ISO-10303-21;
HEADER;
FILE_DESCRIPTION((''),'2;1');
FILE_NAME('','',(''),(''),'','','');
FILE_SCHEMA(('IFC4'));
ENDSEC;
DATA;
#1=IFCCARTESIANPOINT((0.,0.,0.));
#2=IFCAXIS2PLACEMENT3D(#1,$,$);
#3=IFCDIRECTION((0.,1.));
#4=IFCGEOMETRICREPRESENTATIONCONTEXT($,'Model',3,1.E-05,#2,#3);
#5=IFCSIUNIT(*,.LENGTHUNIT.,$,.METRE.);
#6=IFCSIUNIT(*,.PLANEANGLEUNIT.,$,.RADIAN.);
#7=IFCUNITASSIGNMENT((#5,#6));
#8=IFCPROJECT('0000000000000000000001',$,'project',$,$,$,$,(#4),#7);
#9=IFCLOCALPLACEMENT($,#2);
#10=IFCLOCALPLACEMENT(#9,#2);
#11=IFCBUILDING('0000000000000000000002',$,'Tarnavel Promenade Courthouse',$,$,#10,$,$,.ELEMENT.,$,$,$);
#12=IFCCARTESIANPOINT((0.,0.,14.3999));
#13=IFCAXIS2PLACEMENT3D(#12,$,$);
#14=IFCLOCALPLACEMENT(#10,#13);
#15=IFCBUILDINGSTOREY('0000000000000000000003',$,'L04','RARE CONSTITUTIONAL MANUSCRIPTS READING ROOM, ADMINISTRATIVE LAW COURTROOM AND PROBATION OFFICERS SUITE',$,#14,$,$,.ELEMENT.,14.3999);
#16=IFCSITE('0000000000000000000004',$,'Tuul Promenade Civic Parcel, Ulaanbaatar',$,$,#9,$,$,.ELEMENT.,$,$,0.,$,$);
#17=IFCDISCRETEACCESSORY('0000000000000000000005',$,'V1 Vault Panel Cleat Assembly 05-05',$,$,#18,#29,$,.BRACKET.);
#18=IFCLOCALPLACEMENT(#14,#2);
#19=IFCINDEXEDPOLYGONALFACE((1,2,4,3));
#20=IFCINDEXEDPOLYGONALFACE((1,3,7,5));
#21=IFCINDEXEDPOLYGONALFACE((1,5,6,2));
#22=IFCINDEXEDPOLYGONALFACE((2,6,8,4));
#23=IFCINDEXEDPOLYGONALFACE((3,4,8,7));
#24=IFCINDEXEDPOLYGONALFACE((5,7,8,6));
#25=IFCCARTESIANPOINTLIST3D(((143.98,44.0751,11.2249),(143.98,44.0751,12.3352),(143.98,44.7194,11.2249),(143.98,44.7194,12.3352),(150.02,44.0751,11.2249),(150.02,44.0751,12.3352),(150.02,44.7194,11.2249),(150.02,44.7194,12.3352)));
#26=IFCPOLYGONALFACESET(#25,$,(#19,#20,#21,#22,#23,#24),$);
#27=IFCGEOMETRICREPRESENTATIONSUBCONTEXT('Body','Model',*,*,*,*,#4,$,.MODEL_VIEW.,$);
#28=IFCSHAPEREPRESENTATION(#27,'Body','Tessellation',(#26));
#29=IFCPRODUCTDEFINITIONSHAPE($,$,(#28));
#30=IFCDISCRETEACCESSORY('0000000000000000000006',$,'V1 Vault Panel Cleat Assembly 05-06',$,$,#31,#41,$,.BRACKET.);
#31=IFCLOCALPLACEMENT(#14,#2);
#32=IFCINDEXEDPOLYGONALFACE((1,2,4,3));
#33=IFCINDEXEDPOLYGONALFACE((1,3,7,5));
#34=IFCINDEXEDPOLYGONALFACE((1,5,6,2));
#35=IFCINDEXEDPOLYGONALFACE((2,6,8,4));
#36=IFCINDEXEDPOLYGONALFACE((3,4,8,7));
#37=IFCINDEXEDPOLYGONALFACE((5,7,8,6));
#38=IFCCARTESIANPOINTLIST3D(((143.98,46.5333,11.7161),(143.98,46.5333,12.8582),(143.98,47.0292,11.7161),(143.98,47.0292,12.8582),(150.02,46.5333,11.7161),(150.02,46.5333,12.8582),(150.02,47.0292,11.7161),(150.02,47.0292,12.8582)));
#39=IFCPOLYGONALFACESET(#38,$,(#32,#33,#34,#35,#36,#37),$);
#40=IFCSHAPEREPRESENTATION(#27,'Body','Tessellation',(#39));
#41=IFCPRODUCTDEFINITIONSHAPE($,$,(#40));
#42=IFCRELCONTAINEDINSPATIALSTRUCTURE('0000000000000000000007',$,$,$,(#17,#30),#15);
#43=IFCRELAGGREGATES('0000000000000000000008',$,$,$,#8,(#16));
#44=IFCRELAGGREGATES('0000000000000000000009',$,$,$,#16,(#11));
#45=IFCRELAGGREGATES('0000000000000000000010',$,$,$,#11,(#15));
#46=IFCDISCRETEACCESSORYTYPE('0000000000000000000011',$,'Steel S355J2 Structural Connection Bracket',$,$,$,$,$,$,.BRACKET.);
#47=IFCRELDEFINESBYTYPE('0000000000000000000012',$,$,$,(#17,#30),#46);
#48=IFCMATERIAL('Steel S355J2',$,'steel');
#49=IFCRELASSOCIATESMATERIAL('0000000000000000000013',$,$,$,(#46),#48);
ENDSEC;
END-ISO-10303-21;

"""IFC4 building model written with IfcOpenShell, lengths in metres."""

from ifc_helpers import new_model, si_unit, direction, frame, origin, origin_2d, place, context, subcontext, project, spatial, rectangle, extrude, material, type_object, element, save


model = new_model("IFC4")

# Units and contexts
model_context = context("Model", 3, precision=1e-05, world=origin(), true_north=direction((0.0, 1.0)))
body_context = subcontext(model_context, "Body", "Model", "MODEL_VIEW")
ifc_project = project(units=[si_unit("LENGTHUNIT", "METRE"), si_unit("PLANEANGLEUNIT", "RADIAN")], contexts=[model_context])

# Site, building, storey
site_placement = place(None, origin())
site = spatial("IfcSite", under=ifc_project, at=site_placement, Name="Tuul Promenade Civic Parcel, Ulaanbaatar", CompositionType="ELEMENT", RefElevation=0.0)
building_placement = place(site_placement, origin())
building = spatial("IfcBuilding", under=site, at=building_placement, Name="Tarnavel Promenade Courthouse", CompositionType="ELEMENT")
storey_placement = place(building_placement, frame((0.0, 0.0, 14.3999)))
storey = spatial("IfcBuildingStorey", under=building, at=storey_placement, Name="L04", Description="RARE CONSTITUTIONAL MANUSCRIPTS READING ROOM, ADMINISTRATIVE LAW COURTROOM AND PROBATION OFFICERS SUITE", CompositionType="ELEMENT", Elevation=14.3999)

# Shared definitions
ifc_material_1 = material(Name="Steel S355J2", Category="steel")

# Discrete accessories
discrete_accessory_type = type_object("IfcDiscreteAccessoryType", Name="Steel S355J2 Structural Connection Bracket", PredefinedType="BRACKET", material=ifc_material_1)
discrete_accessory_1_placement = place(storey_placement, frame((147.0, 44.3972, 11.2249), z_axis=(0.0, 0.0, 1.0), x_axis=(1.0, 0.0, 0.0)))
element("IfcDiscreteAccessory", 1, at=discrete_accessory_1_placement, inside=storey, type_object=discrete_accessory_type, Name="V1 Vault Panel Cleat Assembly 05-05", PredefinedType="BRACKET", context=body_context, shape_type="SweptSolid", body=[
    extrude(rectangle(XDim=6.04, YDim=0.6443, at=origin_2d()), origin(), (0.0, 0.0, 1.0), 1.1104),
])
discrete_accessory_2_placement = place(storey_placement, frame((147.0, 46.7812, 11.7161), z_axis=(0.0, 0.0, 1.0), x_axis=(1.0, 0.0, 0.0)))
element("IfcDiscreteAccessory", 2, at=discrete_accessory_2_placement, inside=storey, type_object=discrete_accessory_type, Name="V1 Vault Panel Cleat Assembly 05-06", PredefinedType="BRACKET", context=body_context, shape_type="SweptSolid", body=[
    extrude(rectangle(XDim=6.04, YDim=0.4958, at=origin_2d()), origin(), (0.0, 0.0, 1.0), 1.1421),
])

save(model, "model.ifc")
